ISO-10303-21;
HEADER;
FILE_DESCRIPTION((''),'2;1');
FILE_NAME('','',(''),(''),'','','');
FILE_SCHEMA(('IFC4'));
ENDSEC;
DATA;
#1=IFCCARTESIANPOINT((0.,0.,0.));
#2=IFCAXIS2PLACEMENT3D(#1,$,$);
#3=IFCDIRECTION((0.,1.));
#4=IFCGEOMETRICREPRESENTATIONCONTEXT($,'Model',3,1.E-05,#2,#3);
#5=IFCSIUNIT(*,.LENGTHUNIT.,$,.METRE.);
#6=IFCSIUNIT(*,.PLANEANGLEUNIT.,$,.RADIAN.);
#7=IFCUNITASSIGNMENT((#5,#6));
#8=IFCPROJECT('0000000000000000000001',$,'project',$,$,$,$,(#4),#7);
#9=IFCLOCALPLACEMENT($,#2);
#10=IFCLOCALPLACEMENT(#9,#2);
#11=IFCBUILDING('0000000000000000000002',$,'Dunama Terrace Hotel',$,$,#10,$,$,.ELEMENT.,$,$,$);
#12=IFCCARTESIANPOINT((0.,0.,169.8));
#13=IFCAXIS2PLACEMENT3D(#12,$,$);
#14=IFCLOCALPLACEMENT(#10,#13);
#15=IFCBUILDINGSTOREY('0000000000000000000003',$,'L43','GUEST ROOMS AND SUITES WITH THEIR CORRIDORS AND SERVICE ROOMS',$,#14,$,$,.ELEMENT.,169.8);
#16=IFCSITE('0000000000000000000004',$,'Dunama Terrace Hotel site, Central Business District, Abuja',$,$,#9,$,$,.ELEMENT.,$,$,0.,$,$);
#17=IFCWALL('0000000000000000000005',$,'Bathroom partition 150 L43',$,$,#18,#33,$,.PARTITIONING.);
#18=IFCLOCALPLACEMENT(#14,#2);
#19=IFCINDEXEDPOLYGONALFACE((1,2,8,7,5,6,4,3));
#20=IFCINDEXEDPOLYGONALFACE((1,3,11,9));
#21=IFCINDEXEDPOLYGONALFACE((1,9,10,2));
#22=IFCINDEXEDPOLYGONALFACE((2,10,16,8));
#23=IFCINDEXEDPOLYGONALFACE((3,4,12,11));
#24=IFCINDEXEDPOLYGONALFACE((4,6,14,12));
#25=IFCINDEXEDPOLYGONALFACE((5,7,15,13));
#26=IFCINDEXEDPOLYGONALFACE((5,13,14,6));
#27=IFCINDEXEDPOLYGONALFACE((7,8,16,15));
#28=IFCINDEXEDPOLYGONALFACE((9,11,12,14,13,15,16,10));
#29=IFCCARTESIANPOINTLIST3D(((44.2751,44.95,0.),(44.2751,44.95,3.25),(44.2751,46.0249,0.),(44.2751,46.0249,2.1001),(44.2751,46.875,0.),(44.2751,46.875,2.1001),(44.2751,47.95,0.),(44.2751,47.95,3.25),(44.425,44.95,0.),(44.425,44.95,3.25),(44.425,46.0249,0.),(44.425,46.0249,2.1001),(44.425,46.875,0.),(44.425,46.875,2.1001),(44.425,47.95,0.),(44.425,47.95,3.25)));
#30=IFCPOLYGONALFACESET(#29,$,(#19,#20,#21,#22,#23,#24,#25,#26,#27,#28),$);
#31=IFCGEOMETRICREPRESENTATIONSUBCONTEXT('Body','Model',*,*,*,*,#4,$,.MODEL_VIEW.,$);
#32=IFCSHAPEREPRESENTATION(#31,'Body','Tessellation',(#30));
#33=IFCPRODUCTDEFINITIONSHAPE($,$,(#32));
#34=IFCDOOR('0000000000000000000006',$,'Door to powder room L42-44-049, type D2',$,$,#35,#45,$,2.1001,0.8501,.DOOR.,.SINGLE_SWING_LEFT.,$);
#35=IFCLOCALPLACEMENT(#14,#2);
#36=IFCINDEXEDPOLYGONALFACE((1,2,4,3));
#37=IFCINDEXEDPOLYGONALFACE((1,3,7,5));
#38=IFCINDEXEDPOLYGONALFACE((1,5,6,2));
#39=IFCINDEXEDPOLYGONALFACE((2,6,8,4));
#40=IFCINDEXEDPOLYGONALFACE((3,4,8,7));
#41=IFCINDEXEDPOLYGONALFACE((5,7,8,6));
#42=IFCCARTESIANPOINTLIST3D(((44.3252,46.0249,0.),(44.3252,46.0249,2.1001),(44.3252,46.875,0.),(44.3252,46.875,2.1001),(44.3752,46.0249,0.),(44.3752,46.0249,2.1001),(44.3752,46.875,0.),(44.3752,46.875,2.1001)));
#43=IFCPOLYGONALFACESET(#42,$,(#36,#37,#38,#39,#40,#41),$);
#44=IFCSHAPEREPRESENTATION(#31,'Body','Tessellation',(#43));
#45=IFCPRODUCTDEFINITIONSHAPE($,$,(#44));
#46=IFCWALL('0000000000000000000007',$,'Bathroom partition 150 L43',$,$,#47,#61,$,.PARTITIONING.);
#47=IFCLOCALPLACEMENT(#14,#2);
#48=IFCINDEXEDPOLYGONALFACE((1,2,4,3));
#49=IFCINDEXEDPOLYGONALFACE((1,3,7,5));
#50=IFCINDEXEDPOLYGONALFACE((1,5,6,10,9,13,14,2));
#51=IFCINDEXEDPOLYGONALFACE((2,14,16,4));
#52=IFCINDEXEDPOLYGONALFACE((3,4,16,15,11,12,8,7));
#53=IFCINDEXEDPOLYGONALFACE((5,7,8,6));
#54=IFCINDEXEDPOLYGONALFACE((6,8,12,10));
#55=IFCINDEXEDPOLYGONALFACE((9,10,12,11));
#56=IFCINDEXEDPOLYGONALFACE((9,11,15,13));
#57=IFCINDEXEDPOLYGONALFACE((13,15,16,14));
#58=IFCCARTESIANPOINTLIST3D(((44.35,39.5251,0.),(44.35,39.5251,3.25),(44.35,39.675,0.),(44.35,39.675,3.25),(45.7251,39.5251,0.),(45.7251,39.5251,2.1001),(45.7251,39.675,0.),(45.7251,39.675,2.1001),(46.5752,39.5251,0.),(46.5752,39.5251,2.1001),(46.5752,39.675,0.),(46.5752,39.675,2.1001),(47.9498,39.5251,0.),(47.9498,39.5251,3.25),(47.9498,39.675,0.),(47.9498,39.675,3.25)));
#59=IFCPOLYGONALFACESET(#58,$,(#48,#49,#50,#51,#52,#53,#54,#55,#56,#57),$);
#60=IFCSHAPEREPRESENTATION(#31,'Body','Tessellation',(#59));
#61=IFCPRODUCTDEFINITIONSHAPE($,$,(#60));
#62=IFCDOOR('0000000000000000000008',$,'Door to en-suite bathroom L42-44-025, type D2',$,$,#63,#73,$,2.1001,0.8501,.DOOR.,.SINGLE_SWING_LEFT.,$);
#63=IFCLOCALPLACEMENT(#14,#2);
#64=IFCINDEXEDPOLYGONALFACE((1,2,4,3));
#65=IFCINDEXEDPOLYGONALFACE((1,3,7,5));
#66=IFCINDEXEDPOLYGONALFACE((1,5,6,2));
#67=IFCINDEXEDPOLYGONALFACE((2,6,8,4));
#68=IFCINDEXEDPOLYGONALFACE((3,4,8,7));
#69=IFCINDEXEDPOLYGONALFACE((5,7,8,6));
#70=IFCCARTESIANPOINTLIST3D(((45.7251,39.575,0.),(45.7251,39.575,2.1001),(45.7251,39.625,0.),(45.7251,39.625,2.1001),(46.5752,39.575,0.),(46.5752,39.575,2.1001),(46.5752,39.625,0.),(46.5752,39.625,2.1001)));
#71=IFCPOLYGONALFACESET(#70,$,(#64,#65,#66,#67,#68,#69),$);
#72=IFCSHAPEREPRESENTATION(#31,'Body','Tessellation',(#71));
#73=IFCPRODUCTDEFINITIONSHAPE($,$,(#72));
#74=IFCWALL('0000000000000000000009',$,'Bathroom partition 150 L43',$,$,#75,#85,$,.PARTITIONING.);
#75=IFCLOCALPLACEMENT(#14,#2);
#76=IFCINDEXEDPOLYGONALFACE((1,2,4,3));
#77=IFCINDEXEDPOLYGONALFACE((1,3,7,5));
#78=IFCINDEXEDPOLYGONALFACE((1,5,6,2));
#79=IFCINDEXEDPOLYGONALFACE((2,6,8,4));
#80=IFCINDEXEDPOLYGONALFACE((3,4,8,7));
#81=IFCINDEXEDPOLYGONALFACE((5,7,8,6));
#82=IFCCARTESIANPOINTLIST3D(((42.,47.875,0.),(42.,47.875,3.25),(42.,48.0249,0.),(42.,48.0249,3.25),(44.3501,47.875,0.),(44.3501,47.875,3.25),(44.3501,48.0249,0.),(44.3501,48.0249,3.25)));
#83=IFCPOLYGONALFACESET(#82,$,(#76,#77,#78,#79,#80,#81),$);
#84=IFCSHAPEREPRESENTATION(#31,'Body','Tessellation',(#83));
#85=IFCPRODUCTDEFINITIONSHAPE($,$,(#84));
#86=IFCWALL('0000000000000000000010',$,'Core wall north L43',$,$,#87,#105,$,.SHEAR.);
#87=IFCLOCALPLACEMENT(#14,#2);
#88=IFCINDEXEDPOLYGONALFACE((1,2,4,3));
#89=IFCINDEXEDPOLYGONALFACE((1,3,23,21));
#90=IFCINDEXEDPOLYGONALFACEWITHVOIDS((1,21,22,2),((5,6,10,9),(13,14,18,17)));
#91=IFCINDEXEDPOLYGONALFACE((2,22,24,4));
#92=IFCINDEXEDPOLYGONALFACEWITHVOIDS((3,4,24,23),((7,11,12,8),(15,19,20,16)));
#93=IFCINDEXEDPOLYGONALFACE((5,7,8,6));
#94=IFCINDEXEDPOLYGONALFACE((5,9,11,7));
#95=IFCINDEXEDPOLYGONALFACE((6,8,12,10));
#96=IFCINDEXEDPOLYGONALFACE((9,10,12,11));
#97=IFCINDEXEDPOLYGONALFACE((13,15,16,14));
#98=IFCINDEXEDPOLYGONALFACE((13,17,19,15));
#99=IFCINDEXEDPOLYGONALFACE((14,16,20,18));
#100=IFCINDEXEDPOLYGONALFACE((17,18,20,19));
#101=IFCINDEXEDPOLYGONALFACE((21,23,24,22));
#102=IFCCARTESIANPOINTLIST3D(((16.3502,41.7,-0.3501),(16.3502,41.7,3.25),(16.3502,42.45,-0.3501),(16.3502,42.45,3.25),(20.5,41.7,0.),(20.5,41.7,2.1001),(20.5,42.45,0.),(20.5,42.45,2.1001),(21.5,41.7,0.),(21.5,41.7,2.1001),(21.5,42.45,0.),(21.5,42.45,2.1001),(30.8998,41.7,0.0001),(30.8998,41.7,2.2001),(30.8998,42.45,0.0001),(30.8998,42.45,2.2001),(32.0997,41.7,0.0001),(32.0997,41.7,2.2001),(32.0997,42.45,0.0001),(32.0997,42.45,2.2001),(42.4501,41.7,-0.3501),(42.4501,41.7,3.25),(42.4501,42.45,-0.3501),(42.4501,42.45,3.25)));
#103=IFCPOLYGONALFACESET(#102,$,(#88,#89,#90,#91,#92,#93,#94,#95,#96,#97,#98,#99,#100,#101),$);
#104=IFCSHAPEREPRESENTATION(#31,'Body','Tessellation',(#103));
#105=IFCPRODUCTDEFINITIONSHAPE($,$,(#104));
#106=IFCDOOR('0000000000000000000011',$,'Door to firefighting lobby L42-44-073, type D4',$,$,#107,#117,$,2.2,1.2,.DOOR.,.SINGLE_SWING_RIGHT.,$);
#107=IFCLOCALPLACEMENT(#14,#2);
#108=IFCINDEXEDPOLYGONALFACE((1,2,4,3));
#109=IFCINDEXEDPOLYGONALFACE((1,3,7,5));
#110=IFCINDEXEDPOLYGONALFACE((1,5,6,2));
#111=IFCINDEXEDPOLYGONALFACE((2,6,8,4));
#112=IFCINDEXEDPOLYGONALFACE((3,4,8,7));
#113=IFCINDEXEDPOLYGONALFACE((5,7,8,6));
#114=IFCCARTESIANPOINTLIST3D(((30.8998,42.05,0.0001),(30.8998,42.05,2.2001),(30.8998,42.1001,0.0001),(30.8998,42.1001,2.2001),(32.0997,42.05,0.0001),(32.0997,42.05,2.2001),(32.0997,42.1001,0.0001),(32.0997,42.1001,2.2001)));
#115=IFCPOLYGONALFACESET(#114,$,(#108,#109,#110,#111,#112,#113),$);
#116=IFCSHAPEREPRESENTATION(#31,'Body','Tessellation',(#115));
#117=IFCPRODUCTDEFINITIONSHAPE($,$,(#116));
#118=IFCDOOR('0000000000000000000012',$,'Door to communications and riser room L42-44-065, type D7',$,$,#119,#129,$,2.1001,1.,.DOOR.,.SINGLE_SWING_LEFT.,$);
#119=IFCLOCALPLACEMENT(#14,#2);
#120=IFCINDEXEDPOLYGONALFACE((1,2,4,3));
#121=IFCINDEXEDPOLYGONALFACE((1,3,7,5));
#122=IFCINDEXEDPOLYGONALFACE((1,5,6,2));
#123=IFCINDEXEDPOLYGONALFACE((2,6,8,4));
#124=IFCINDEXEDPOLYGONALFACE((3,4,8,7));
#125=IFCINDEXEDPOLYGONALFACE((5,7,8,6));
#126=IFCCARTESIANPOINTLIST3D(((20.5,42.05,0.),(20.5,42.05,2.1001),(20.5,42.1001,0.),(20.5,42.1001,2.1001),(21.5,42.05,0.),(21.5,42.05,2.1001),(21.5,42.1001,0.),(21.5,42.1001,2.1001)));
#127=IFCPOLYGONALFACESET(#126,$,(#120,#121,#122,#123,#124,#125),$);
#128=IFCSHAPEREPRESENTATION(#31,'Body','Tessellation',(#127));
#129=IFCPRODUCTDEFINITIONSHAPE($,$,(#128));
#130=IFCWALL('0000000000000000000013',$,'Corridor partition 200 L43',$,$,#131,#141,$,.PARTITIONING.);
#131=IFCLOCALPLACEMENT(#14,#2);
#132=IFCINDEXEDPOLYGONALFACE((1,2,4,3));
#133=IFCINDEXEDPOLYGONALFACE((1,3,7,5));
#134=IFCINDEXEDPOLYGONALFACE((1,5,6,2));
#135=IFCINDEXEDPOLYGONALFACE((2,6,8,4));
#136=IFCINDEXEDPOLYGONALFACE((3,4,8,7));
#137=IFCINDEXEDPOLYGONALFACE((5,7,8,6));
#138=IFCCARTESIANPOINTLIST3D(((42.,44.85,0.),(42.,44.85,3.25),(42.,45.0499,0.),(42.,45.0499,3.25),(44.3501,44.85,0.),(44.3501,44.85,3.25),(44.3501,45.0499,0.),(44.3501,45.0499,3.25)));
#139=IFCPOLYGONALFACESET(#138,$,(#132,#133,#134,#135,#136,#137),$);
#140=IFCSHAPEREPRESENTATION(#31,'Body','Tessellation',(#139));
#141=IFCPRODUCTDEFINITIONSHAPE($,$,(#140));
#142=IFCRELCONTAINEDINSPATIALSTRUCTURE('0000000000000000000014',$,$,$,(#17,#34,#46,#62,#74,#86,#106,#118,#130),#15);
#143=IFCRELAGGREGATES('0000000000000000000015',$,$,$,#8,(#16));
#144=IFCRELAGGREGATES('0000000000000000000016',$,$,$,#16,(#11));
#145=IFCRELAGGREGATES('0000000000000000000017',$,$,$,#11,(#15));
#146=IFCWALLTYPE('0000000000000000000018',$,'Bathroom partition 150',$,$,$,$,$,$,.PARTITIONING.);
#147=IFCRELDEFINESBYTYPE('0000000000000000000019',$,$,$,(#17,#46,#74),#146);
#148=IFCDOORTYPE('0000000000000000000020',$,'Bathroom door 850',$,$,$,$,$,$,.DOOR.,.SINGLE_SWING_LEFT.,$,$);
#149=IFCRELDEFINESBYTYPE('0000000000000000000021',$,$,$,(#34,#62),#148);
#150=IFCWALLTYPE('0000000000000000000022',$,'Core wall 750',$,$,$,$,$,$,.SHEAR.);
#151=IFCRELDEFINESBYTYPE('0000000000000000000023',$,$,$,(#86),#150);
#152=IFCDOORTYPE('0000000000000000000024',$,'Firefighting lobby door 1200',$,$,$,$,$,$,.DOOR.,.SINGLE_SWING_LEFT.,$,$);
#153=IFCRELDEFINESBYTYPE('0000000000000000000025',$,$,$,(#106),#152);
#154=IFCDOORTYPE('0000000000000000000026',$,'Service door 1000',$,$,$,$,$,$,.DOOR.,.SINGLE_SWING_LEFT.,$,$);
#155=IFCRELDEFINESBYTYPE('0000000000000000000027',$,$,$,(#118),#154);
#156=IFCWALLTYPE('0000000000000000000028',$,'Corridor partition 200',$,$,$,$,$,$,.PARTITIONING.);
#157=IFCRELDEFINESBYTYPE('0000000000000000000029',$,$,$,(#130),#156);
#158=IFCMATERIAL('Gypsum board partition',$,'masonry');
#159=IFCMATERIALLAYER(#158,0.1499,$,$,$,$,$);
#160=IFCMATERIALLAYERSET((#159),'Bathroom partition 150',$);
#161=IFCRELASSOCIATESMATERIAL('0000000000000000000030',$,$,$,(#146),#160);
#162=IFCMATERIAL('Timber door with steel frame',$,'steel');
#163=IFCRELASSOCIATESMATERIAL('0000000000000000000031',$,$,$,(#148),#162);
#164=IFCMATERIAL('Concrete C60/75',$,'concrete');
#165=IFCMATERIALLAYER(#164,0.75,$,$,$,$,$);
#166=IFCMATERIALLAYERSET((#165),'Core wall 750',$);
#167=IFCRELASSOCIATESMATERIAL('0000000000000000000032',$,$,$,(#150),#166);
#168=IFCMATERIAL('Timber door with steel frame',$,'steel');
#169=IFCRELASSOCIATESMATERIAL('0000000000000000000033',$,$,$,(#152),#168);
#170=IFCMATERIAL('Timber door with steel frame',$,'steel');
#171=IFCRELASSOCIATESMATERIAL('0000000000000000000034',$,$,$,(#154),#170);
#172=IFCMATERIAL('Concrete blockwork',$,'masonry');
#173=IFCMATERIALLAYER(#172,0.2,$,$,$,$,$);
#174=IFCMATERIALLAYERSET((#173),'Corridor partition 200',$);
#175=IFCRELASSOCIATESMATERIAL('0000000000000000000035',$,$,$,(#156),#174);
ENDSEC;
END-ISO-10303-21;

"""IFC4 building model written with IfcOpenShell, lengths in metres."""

from ifc_helpers import new_model, si_unit, direction, frame, frame_2d, origin, place, context, subcontext, project, spatial, rectangle, extrude, material, layer, layer_set, type_object, element, fill, save


model = new_model("IFC4")

# Units and contexts
model_context = context("Model", 3, precision=1e-05, world=origin(), true_north=direction((0.0, 1.0)))
body_context = subcontext(model_context, "Body", "Model", "MODEL_VIEW")
ifc_project = project(units=[si_unit("LENGTHUNIT", "METRE"), si_unit("PLANEANGLEUNIT", "RADIAN")], contexts=[model_context])

# Site, building, storey
site_placement = place(None, origin())
site = spatial("IfcSite", under=ifc_project, at=site_placement, Name="Dunama Terrace Hotel site, Central Business District, Abuja", CompositionType="ELEMENT", RefElevation=0.0)
building_placement = place(site_placement, origin())
building = spatial("IfcBuilding", under=site, at=building_placement, Name="Dunama Terrace Hotel", CompositionType="ELEMENT")
storey_placement = place(building_placement, frame((0.0, 0.0, 169.8)))
storey = spatial("IfcBuildingStorey", under=building, at=storey_placement, Name="L43", Description="GUEST ROOMS AND SUITES WITH THEIR CORRIDORS AND SERVICE ROOMS", CompositionType="ELEMENT", Elevation=169.8)

# Walls, openings, doors
ifc_material_1 = material(Name="Gypsum board partition", Category="masonry")
ifc_layer_1 = layer(ifc_material_1, 0.1499)
ifc_layer_set_1 = layer_set([ifc_layer_1], Name="Bathroom partition 150")
wall_type_1 = type_object("IfcWallType", Name="Bathroom partition 150", PredefinedType="PARTITIONING", material=ifc_layer_set_1)
wall_1_placement = place(storey_placement, frame((44.3501, 44.95, 0.0), z_axis=(0.0, 0.0, 1.0), x_axis=(0.0, 1.0, 0.0)))
wall_1 = element("IfcWall", 1, at=wall_1_placement, inside=storey, type_object=wall_type_1, Name="Bathroom partition 150 L43", PredefinedType="PARTITIONING", context=body_context, shape_type="SweptSolid", body=[
    extrude(rectangle(XDim=3.0, YDim=0.1499, at=frame_2d((1.5, 0.0))), origin(), (0.0, 0.0, 1.0), 3.25),
])
opening_1_placement = place(wall_1_placement, frame((1.075, 0.0, 0.0)))
opening_1 = element("IfcOpeningElement", 2, at=opening_1_placement, cuts=wall_1, PredefinedType="OPENING", context=body_context, shape_type="SweptSolid", body=[
    extrude(rectangle(XDim=0.8501, YDim=2.1001, at=frame_2d((0.425, 1.05))), frame((0.0, 0.085, 0.0), z_axis=(0.0, -1.0, 0.0), x_axis=(1.0, 0.0, 0.0)), (0.0, 0.0, 1.0), 0.1699),
])
ifc_material_2 = material(Name="Timber door with steel frame", Category="steel")
door_type_1 = type_object("IfcDoorType", Name="Bathroom door 850", OperationType="SINGLE_SWING_LEFT", PredefinedType="DOOR", material=ifc_material_2)
door_1_placement = place(opening_1_placement, origin())
door_1 = element("IfcDoor", 3, at=door_1_placement, inside=storey, type_object=door_type_1, Name="Door to powder room L42-44-049, type D2", OperationType="SINGLE_SWING_LEFT", OverallHeight=2.1001, OverallWidth=0.8501, PredefinedType="DOOR", context=body_context, shape_type="SweptSolid", body=[
    extrude(rectangle(XDim=0.8501, YDim=2.1001, at=frame_2d((0.425, 1.05))), frame((0.0, 0.0249, 0.0), z_axis=(0.0, -1.0, 0.0), x_axis=(1.0, 0.0, 0.0)), (0.0, 0.0, 1.0), 0.05),
])
fill(opening_1, door_1)
wall_2_placement = place(storey_placement, frame((44.3501, 39.6001, 0.0), z_axis=(0.0, 0.0, 1.0), x_axis=(1.0, 0.0, 0.0)))
wall_2 = element("IfcWall", 4, at=wall_2_placement, inside=storey, type_object=wall_type_1, Name="Bathroom partition 150 L43", PredefinedType="PARTITIONING", context=body_context, shape_type="SweptSolid", body=[
    extrude(rectangle(XDim=3.5999, YDim=0.1499, at=frame_2d((1.7998, 0.0))), origin(), (0.0, 0.0, 1.0), 3.25),
])
opening_2_placement = place(wall_2_placement, frame((1.375, 0.0, 0.0)))
opening_2 = element("IfcOpeningElement", 5, at=opening_2_placement, cuts=wall_2, PredefinedType="OPENING", context=body_context, shape_type="SweptSolid", body=[
    extrude(rectangle(XDim=0.8501, YDim=2.1001, at=frame_2d((0.425, 1.05))), frame((0.0, 0.085, 0.0), z_axis=(0.0, -1.0, 0.0), x_axis=(1.0, 0.0, 0.0)), (0.0, 0.0, 1.0), 0.1699),
])
door_2_placement = place(opening_2_placement, origin())
door_2 = element("IfcDoor", 6, at=door_2_placement, inside=storey, type_object=door_type_1, Name="Door to en-suite bathroom L42-44-025, type D2", OperationType="SINGLE_SWING_LEFT", OverallHeight=2.1001, OverallWidth=0.8501, PredefinedType="DOOR", context=body_context, shape_type="SweptSolid", body=[
    extrude(rectangle(XDim=0.8501, YDim=2.1001, at=frame_2d((0.425, 1.05))), frame((0.0, 0.0249, 0.0), z_axis=(0.0, -1.0, 0.0), x_axis=(1.0, 0.0, 0.0)), (0.0, 0.0, 1.0), 0.05),
])
fill(opening_2, door_2)

# Wall
wall_3_placement = place(storey_placement, frame((42.0, 47.95, 0.0), z_axis=(0.0, 0.0, 1.0), x_axis=(1.0, 0.0, 0.0)))
element("IfcWall", 7, at=wall_3_placement, inside=storey, type_object=wall_type_1, Name="Bathroom partition 150 L43", PredefinedType="PARTITIONING", context=body_context, shape_type="SweptSolid", body=[
    extrude(rectangle(XDim=2.3501, YDim=0.1499, at=frame_2d((1.175, 0.0))), origin(), (0.0, 0.0, 1.0), 3.25),
])

# Wall, openings, doors
ifc_material_3 = material(Name="Concrete C60/75", Category="concrete")
ifc_layer_2 = layer(ifc_material_3, 0.75)
ifc_layer_set_2 = layer_set([ifc_layer_2], Name="Core wall 750")
wall_type_2 = type_object("IfcWallType", Name="Core wall 750", PredefinedType="SHEAR", material=ifc_layer_set_2)
wall_4_placement = place(storey_placement, frame((42.45, 42.075, -0.3501), z_axis=(0.0, 0.0, 1.0), x_axis=(-1.0, 0.0, 0.0)))
wall_4 = element("IfcWall", 8, at=wall_4_placement, inside=storey, type_object=wall_type_2, Name="Core wall north L43", PredefinedType="SHEAR", context=body_context, shape_type="SweptSolid", body=[
    extrude(rectangle(XDim=26.0999, YDim=0.75, at=frame_2d((13.0498, 0.0))), origin(), (0.0, 0.0, 1.0), 3.6001),
])
opening_3_placement = place(wall_4_placement, frame((20.95, 0.0, 0.3501)))
opening_3 = element("IfcOpeningElement", 9, at=opening_3_placement, cuts=wall_4, PredefinedType="OPENING", context=body_context, shape_type="SweptSolid", body=[
    extrude(rectangle(XDim=1.0, YDim=2.1001, at=frame_2d((0.5, 1.05))), frame((0.0, 0.385, 0.0), z_axis=(0.0, -1.0, 0.0), x_axis=(1.0, 0.0, 0.0)), (0.0, 0.0, 1.0), 0.77),
])
opening_4_placement = place(wall_4_placement, frame((10.3501, 0.0, 0.3501)))
opening_4 = element("IfcOpeningElement", 10, at=opening_4_placement, cuts=wall_4, PredefinedType="OPENING", context=body_context, shape_type="SweptSolid", body=[
    extrude(rectangle(XDim=1.2, YDim=2.2, at=frame_2d((0.6001, 1.1001))), frame((0.0, 0.385, 0.0), z_axis=(0.0, -1.0, 0.0), x_axis=(1.0, 0.0, 0.0)), (0.0, 0.0, 1.0), 0.77),
])
ifc_material_4 = material(Name="Timber door with steel frame", Category="steel")
door_type_2 = type_object("IfcDoorType", Name="Firefighting lobby door 1200", OperationType="SINGLE_SWING_LEFT", PredefinedType="DOOR", material=ifc_material_4)
door_3_placement = place(opening_4_placement, origin())
door_3 = element("IfcDoor", 11, at=door_3_placement, inside=storey, type_object=door_type_2, Name="Door to firefighting lobby L42-44-073, type D4", OperationType="SINGLE_SWING_RIGHT", OverallHeight=2.2, OverallWidth=1.2, PredefinedType="DOOR", context=body_context, shape_type="SweptSolid", body=[
    extrude(rectangle(XDim=1.2, YDim=2.2, at=frame_2d((0.6001, 1.1001))), frame((0.0, 0.0249, 0.0), z_axis=(0.0, -1.0, 0.0), x_axis=(1.0, 0.0, 0.0)), (0.0, 0.0, 1.0), 0.05),
])
fill(opening_4, door_3)
ifc_material_5 = material(Name="Timber door with steel frame", Category="steel")
door_type_3 = type_object("IfcDoorType", Name="Service door 1000", OperationType="SINGLE_SWING_LEFT", PredefinedType="DOOR", material=ifc_material_5)
door_4_placement = place(opening_3_placement, origin())
door_4 = element("IfcDoor", 12, at=door_4_placement, inside=storey, type_object=door_type_3, Name="Door to communications and riser room L42-44-065, type D7", OperationType="SINGLE_SWING_LEFT", OverallHeight=2.1001, OverallWidth=1.0, PredefinedType="DOOR", context=body_context, shape_type="SweptSolid", body=[
    extrude(rectangle(XDim=1.0, YDim=2.1001, at=frame_2d((0.5, 1.05))), frame((0.0, 0.0249, 0.0), z_axis=(0.0, -1.0, 0.0), x_axis=(1.0, 0.0, 0.0)), (0.0, 0.0, 1.0), 0.05),
])
fill(opening_3, door_4)

# Wall
ifc_material_6 = material(Name="Concrete blockwork", Category="masonry")
ifc_layer_3 = layer(ifc_material_6, 0.2)
ifc_layer_set_3 = layer_set([ifc_layer_3], Name="Corridor partition 200")
wall_type_3 = type_object("IfcWallType", Name="Corridor partition 200", PredefinedType="PARTITIONING", material=ifc_layer_set_3)
wall_5_placement = place(storey_placement, frame((42.0, 44.95, 0.0), z_axis=(0.0, 0.0, 1.0), x_axis=(1.0, 0.0, 0.0)))
element("IfcWall", 13, at=wall_5_placement, inside=storey, type_object=wall_type_3, Name="Corridor partition 200 L43", PredefinedType="PARTITIONING", context=body_context, shape_type="SweptSolid", body=[
    extrude(rectangle(XDim=2.3501, YDim=0.2, at=frame_2d((1.175, 0.0))), origin(), (0.0, 0.0, 1.0), 3.25),
])

save(model, "model.ifc")
